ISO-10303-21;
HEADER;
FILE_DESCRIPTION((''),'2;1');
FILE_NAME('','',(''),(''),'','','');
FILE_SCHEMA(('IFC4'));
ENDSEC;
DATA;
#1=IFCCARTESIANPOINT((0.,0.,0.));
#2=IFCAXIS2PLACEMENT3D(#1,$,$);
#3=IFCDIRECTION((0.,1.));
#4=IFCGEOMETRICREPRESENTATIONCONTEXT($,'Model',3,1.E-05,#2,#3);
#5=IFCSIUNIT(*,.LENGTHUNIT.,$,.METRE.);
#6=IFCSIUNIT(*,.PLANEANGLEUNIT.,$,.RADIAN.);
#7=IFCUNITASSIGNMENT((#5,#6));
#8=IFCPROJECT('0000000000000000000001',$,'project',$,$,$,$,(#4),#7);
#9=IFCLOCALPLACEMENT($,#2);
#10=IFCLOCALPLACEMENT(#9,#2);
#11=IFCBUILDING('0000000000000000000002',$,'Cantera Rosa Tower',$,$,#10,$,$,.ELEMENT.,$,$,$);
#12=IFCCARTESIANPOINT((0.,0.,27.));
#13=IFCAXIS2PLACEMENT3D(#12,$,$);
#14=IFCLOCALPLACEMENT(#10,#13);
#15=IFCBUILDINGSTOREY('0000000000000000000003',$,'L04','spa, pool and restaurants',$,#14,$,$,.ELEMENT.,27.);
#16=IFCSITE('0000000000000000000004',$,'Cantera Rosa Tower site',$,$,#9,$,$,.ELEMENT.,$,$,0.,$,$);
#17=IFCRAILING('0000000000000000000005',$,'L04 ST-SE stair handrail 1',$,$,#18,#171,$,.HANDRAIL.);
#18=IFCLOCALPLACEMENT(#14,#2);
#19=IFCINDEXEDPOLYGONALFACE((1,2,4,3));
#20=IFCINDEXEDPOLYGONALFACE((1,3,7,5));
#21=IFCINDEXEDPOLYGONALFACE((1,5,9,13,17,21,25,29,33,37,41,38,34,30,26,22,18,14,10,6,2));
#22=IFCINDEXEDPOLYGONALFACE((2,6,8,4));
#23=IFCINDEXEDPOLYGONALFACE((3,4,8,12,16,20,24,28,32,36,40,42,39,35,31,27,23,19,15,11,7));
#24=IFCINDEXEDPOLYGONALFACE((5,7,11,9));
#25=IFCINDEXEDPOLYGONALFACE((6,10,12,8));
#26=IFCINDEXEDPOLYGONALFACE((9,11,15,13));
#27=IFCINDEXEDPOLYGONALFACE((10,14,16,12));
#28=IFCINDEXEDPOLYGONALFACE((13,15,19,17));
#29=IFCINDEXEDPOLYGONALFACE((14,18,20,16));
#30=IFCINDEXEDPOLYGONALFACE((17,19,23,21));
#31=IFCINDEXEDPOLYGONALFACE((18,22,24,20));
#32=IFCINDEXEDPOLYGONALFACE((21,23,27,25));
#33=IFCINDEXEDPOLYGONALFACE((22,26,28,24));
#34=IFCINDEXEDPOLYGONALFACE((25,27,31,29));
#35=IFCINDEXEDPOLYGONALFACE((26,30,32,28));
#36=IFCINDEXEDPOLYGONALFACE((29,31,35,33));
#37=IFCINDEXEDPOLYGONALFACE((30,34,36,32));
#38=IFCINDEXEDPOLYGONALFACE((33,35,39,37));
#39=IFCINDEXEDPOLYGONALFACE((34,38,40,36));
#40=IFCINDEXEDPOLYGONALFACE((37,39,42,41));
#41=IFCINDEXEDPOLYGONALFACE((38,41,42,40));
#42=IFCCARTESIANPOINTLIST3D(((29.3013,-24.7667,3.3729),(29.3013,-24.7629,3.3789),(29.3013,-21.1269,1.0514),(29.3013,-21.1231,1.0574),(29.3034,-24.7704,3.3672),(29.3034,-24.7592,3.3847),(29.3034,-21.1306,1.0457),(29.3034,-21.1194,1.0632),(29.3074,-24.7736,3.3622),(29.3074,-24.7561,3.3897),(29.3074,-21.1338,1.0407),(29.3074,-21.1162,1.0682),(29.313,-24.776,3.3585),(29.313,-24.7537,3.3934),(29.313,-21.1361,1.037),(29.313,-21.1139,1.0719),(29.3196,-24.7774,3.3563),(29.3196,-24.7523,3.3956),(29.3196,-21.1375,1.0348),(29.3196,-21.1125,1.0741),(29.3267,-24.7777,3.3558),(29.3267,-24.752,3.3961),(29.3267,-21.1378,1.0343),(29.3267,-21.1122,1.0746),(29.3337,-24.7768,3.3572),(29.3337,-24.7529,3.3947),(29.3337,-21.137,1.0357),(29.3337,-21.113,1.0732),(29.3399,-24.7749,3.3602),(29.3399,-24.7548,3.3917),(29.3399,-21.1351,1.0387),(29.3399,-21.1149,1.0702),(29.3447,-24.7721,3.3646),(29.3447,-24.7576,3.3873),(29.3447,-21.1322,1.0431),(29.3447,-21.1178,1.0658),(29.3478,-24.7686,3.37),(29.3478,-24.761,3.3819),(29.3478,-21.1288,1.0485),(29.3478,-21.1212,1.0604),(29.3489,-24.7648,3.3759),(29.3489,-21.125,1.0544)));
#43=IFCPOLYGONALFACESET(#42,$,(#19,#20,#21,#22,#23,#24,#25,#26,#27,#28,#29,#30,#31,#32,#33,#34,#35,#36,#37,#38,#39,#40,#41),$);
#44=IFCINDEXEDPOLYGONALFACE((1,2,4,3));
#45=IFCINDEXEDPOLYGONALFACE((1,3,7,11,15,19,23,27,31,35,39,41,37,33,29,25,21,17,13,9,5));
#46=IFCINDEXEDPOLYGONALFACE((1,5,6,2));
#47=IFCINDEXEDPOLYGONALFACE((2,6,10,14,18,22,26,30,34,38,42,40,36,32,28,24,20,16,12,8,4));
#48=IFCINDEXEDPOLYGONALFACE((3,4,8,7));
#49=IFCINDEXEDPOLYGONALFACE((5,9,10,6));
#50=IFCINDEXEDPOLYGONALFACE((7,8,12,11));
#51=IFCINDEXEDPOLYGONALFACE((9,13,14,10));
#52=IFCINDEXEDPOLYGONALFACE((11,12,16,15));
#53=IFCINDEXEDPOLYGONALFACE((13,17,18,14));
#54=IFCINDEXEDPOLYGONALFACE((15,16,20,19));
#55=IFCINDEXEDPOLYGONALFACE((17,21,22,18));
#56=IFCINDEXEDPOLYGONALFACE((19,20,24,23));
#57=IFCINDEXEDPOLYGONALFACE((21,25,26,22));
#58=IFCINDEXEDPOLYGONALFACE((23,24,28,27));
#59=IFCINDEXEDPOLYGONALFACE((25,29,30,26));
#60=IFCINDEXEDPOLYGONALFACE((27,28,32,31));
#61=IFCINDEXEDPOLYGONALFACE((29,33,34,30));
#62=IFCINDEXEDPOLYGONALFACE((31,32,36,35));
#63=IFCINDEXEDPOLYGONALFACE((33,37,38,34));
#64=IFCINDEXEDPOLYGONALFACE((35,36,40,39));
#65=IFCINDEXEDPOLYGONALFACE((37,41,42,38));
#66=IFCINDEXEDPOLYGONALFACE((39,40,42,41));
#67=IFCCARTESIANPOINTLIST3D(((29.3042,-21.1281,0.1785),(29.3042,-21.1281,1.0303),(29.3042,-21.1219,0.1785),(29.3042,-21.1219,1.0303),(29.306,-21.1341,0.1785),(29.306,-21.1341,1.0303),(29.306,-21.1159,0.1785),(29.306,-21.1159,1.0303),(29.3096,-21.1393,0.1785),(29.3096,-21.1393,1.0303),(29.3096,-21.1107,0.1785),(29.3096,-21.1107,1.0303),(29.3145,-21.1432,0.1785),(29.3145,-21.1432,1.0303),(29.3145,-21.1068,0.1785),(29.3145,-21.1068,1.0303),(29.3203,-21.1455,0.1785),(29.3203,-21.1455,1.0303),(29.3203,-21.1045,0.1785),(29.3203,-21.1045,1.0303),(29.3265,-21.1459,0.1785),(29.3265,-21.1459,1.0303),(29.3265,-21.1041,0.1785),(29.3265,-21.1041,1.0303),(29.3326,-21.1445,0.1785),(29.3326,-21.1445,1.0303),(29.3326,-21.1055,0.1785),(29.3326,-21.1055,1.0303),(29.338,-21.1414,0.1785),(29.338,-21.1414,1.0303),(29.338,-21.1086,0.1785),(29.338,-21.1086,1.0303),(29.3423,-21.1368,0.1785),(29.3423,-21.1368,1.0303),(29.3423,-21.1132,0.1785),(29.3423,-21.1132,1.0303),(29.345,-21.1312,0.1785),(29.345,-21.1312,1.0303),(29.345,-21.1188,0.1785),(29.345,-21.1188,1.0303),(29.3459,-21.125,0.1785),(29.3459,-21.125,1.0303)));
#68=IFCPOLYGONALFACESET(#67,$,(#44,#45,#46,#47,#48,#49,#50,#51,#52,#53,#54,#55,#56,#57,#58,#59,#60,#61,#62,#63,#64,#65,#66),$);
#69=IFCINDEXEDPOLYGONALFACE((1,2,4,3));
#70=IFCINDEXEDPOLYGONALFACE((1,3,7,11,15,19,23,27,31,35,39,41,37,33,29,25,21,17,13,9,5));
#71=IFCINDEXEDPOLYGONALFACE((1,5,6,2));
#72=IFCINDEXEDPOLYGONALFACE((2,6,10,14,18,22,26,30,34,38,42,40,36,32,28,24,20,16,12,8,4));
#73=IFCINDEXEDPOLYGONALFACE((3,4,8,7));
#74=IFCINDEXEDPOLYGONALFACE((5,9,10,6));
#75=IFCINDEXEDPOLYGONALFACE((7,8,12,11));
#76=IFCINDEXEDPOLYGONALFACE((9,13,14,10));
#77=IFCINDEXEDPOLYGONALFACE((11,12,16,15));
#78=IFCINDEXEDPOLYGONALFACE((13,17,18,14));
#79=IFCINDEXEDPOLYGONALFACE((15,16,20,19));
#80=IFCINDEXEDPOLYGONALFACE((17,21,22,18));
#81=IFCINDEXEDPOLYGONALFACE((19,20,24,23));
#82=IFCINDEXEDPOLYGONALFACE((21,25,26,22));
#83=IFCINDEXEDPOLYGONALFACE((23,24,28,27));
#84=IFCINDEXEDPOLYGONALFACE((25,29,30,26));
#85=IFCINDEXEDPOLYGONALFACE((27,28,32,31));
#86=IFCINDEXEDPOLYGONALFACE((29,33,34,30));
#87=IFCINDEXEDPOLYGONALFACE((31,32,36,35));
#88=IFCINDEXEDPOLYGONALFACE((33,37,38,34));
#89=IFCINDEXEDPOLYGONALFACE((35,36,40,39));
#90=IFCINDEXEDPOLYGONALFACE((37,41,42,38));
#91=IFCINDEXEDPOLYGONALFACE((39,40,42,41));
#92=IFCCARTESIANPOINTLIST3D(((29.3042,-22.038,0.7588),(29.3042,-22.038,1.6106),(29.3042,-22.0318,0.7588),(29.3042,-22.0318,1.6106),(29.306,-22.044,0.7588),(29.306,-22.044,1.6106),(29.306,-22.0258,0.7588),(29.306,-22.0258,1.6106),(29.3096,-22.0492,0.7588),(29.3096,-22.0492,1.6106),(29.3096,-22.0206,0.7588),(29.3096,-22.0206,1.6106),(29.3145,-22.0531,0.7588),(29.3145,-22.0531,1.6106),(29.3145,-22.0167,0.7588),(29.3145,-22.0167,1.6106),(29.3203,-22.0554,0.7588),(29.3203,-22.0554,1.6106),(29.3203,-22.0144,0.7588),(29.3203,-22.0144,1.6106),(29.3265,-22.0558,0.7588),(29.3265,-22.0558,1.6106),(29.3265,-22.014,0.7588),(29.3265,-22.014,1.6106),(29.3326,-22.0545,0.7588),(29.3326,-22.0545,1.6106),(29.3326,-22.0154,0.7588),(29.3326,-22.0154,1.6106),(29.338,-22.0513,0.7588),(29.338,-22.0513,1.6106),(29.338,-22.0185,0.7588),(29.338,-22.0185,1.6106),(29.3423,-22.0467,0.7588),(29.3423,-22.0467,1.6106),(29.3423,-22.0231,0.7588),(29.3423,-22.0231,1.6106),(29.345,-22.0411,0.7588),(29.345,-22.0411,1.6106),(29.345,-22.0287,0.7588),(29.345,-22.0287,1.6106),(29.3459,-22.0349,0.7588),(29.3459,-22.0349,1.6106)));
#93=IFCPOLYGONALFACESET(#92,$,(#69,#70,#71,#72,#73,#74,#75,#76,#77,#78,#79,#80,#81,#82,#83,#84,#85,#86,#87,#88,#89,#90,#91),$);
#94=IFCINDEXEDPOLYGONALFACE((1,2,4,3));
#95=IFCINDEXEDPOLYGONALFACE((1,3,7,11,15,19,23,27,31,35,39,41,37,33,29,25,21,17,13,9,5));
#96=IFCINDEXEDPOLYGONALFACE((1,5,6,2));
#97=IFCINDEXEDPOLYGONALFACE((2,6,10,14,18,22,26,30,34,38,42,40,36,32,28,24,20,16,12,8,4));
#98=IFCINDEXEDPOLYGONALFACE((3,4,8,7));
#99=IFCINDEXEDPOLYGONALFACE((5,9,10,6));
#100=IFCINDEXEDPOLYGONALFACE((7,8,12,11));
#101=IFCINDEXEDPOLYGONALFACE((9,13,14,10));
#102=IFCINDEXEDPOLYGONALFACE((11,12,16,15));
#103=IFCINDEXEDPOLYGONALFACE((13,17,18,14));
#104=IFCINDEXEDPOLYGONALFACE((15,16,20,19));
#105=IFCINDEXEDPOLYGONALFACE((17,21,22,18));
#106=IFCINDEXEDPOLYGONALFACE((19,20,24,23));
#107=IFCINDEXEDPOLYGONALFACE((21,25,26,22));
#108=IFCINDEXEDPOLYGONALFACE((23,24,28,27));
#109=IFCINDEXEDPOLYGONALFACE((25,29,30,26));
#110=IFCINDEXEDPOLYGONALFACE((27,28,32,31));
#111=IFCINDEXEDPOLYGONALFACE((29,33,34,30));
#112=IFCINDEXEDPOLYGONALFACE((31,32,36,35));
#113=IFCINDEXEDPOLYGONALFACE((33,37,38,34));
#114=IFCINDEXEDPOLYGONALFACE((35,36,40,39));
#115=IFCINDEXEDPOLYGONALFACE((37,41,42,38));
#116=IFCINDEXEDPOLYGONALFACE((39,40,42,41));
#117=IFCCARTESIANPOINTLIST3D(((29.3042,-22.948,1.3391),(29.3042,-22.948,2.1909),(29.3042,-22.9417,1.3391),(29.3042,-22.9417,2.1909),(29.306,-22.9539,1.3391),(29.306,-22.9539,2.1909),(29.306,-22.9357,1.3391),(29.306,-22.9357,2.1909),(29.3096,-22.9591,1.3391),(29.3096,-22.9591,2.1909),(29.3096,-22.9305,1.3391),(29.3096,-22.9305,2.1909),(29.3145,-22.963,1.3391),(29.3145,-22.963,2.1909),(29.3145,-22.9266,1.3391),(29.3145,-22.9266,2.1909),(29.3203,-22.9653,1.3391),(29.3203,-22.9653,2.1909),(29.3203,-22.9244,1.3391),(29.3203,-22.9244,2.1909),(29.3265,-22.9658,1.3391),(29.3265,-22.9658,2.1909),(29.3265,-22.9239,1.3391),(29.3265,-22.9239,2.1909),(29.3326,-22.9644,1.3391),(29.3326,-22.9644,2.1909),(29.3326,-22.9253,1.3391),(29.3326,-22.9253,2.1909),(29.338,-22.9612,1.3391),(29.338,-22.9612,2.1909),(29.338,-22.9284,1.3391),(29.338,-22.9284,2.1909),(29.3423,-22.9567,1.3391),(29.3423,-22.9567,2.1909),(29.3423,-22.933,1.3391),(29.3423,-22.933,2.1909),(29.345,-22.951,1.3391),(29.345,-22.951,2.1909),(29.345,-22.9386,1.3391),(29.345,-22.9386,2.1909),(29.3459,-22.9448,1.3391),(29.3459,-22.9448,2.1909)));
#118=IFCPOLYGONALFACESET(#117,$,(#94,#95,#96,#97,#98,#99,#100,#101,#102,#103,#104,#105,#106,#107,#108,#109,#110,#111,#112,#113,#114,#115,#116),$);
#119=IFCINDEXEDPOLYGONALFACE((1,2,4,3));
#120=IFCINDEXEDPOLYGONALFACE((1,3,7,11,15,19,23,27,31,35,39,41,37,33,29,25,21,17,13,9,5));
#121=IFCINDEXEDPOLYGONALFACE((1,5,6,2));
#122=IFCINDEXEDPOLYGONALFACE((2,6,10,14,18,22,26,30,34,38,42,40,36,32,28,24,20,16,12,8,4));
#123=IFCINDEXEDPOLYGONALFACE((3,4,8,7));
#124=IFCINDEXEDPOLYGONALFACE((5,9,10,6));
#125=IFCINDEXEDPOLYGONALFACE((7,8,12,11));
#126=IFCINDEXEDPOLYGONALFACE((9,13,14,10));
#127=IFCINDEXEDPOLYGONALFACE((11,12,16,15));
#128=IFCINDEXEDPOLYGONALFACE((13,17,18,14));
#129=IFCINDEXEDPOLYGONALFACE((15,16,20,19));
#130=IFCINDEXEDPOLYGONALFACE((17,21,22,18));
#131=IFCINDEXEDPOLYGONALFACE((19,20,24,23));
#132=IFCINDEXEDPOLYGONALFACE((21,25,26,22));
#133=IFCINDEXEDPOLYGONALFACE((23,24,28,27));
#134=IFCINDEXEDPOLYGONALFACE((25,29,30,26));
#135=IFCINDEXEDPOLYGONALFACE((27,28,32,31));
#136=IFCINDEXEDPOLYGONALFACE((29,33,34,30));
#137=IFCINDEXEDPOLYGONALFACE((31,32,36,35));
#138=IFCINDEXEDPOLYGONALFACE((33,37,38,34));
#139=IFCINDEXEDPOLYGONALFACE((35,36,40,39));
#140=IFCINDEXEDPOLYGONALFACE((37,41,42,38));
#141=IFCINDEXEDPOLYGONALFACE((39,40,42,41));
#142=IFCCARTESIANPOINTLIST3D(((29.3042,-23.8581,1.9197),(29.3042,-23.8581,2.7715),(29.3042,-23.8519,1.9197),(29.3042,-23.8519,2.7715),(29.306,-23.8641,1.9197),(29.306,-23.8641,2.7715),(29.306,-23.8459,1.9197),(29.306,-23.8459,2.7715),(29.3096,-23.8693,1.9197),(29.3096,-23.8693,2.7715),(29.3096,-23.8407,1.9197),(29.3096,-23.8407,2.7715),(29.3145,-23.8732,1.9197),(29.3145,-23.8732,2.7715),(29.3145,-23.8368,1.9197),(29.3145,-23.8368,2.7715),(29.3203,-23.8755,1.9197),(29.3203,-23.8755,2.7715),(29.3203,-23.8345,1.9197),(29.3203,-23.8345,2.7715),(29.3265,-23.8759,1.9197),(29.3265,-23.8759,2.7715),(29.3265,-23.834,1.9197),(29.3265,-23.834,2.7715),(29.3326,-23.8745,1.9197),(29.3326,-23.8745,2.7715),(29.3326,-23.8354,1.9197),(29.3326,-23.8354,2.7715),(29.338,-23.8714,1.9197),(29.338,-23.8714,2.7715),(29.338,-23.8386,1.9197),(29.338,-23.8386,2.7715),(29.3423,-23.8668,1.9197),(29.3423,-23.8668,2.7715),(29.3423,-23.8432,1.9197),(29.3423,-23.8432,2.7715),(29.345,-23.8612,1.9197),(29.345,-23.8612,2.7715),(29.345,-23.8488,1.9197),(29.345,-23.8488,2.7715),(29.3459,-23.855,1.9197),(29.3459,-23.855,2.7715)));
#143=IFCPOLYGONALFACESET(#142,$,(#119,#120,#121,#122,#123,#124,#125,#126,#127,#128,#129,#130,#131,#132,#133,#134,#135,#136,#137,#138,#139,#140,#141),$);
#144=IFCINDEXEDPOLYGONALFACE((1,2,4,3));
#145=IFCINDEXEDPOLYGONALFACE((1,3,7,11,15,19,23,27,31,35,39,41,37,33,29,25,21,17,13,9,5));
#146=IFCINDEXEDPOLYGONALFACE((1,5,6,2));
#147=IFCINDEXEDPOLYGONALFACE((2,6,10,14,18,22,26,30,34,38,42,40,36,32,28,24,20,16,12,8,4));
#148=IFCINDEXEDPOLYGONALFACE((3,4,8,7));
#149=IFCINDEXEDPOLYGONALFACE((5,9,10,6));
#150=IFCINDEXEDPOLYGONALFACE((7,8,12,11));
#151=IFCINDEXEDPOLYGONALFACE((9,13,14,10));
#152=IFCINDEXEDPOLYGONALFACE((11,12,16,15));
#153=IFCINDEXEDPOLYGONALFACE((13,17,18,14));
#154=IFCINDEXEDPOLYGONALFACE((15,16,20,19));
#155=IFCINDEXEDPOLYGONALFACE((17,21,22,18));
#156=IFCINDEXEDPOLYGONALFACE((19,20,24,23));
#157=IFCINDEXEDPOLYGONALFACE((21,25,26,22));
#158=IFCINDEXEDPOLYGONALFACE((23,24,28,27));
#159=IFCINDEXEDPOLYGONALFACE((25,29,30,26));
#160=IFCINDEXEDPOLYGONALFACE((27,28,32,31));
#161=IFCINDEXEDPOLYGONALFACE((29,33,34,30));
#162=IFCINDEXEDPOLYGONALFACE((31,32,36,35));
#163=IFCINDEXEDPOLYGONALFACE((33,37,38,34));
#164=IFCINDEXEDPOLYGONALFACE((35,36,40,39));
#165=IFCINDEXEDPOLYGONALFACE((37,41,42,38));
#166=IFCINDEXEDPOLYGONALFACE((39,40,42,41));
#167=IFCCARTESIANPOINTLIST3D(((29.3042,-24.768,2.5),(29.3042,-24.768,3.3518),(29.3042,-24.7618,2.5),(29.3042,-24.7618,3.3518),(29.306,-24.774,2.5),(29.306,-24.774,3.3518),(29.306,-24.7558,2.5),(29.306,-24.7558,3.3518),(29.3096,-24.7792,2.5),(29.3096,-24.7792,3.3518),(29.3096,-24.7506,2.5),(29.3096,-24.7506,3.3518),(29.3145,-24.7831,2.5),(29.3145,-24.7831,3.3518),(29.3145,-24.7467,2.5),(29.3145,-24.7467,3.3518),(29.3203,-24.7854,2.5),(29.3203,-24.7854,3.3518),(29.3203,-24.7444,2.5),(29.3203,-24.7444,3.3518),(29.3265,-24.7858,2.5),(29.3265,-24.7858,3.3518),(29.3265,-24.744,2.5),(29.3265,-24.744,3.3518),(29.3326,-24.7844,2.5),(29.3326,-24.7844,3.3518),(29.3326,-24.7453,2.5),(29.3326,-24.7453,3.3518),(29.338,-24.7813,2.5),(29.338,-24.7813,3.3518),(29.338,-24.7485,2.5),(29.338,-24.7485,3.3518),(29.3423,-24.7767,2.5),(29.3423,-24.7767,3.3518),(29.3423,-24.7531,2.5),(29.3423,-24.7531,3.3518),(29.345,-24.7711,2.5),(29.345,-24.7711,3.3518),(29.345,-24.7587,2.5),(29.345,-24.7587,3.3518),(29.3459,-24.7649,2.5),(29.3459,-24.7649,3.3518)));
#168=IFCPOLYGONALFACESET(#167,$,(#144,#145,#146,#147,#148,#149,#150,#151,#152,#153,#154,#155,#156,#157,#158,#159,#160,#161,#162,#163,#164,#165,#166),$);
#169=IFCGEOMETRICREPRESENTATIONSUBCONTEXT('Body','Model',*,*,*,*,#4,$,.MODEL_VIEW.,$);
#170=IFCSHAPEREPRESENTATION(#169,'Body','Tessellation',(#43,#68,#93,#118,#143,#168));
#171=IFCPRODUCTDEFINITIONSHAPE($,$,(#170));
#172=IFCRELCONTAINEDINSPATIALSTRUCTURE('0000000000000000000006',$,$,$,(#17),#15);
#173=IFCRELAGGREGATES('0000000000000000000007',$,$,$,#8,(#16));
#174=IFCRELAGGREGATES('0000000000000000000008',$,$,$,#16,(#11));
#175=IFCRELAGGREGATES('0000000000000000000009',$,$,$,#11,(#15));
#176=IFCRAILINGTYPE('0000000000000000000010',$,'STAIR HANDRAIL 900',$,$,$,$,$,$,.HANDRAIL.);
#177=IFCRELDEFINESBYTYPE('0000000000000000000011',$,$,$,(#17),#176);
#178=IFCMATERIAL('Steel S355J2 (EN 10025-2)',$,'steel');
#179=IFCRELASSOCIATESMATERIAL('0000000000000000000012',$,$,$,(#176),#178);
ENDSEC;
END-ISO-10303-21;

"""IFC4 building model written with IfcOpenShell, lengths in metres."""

from ifc_helpers import new_model, si_unit, direction, frame, origin, origin_2d, place, context, subcontext, project, spatial, circle, extrude, material, type_object, element, save


model = new_model("IFC4")

# Units and contexts
model_context = context("Model", 3, precision=1e-05, world=origin(), true_north=direction((0.0, 1.0)))
body_context = subcontext(model_context, "Body", "Model", "MODEL_VIEW")
ifc_project = project(units=[si_unit("LENGTHUNIT", "METRE"), si_unit("PLANEANGLEUNIT", "RADIAN")], contexts=[model_context])

# Site, building, storey
site_placement = place(None, origin())
site = spatial("IfcSite", under=ifc_project, at=site_placement, Name="Cantera Rosa Tower site", CompositionType="ELEMENT", RefElevation=0.0)
building_placement = place(site_placement, origin())
building = spatial("IfcBuilding", under=site, at=building_placement, Name="Cantera Rosa Tower", CompositionType="ELEMENT")
storey_placement = place(building_placement, frame((0.0, 0.0, 27.0)))
storey = spatial("IfcBuildingStorey", under=building, at=storey_placement, Name="L04", Description="spa, pool and restaurants", CompositionType="ELEMENT", Elevation=27.0)

# Railing
ifc_material_1 = material(Name="Steel S355J2 (EN 10025-2)", Category="steel")
railing_type_1 = type_object("IfcRailingType", Name="STAIR HANDRAIL 900", PredefinedType="HANDRAIL", material=ifc_material_1)
railing_1_placement = place(storey_placement, frame((29.325, -21.125, 0.1785)))
element("IfcRailing", 1, at=railing_1_placement, inside=storey, type_object=railing_type_1, Name="L04 ST-SE stair handrail 1", PredefinedType="HANDRAIL", context=body_context, shape_type="SweptSolid", body=[
    extrude(circle(Radius=0.0239, at=origin_2d()), frame((0.0, 0.0, 0.876), z_axis=(0.0, -0.843112, 0.537739), x_axis=(1.0, 0.0, 0.0)), (0.0, 0.0, 1.0), 4.3171),
    extrude(circle(Radius=0.021, at=origin_2d()), origin(), (0.0, 0.0, 1.0), 0.8518),
    extrude(circle(Radius=0.021, at=origin_2d()), frame((0.0, -0.9099, 0.5803)), (0.0, 0.0, 1.0), 0.8518),
    extrude(circle(Radius=0.021, at=origin_2d()), frame((0.0, -1.8198, 1.1606)), (0.0, 0.0, 1.0), 0.8518),
    extrude(circle(Radius=0.021, at=origin_2d()), frame((0.0, -2.73, 1.7412)), (0.0, 0.0, 1.0), 0.8518),
    extrude(circle(Radius=0.021, at=origin_2d()), frame((0.0, -3.6399, 2.3215)), (0.0, 0.0, 1.0), 0.8518),
])

save(model, "model.ifc")
